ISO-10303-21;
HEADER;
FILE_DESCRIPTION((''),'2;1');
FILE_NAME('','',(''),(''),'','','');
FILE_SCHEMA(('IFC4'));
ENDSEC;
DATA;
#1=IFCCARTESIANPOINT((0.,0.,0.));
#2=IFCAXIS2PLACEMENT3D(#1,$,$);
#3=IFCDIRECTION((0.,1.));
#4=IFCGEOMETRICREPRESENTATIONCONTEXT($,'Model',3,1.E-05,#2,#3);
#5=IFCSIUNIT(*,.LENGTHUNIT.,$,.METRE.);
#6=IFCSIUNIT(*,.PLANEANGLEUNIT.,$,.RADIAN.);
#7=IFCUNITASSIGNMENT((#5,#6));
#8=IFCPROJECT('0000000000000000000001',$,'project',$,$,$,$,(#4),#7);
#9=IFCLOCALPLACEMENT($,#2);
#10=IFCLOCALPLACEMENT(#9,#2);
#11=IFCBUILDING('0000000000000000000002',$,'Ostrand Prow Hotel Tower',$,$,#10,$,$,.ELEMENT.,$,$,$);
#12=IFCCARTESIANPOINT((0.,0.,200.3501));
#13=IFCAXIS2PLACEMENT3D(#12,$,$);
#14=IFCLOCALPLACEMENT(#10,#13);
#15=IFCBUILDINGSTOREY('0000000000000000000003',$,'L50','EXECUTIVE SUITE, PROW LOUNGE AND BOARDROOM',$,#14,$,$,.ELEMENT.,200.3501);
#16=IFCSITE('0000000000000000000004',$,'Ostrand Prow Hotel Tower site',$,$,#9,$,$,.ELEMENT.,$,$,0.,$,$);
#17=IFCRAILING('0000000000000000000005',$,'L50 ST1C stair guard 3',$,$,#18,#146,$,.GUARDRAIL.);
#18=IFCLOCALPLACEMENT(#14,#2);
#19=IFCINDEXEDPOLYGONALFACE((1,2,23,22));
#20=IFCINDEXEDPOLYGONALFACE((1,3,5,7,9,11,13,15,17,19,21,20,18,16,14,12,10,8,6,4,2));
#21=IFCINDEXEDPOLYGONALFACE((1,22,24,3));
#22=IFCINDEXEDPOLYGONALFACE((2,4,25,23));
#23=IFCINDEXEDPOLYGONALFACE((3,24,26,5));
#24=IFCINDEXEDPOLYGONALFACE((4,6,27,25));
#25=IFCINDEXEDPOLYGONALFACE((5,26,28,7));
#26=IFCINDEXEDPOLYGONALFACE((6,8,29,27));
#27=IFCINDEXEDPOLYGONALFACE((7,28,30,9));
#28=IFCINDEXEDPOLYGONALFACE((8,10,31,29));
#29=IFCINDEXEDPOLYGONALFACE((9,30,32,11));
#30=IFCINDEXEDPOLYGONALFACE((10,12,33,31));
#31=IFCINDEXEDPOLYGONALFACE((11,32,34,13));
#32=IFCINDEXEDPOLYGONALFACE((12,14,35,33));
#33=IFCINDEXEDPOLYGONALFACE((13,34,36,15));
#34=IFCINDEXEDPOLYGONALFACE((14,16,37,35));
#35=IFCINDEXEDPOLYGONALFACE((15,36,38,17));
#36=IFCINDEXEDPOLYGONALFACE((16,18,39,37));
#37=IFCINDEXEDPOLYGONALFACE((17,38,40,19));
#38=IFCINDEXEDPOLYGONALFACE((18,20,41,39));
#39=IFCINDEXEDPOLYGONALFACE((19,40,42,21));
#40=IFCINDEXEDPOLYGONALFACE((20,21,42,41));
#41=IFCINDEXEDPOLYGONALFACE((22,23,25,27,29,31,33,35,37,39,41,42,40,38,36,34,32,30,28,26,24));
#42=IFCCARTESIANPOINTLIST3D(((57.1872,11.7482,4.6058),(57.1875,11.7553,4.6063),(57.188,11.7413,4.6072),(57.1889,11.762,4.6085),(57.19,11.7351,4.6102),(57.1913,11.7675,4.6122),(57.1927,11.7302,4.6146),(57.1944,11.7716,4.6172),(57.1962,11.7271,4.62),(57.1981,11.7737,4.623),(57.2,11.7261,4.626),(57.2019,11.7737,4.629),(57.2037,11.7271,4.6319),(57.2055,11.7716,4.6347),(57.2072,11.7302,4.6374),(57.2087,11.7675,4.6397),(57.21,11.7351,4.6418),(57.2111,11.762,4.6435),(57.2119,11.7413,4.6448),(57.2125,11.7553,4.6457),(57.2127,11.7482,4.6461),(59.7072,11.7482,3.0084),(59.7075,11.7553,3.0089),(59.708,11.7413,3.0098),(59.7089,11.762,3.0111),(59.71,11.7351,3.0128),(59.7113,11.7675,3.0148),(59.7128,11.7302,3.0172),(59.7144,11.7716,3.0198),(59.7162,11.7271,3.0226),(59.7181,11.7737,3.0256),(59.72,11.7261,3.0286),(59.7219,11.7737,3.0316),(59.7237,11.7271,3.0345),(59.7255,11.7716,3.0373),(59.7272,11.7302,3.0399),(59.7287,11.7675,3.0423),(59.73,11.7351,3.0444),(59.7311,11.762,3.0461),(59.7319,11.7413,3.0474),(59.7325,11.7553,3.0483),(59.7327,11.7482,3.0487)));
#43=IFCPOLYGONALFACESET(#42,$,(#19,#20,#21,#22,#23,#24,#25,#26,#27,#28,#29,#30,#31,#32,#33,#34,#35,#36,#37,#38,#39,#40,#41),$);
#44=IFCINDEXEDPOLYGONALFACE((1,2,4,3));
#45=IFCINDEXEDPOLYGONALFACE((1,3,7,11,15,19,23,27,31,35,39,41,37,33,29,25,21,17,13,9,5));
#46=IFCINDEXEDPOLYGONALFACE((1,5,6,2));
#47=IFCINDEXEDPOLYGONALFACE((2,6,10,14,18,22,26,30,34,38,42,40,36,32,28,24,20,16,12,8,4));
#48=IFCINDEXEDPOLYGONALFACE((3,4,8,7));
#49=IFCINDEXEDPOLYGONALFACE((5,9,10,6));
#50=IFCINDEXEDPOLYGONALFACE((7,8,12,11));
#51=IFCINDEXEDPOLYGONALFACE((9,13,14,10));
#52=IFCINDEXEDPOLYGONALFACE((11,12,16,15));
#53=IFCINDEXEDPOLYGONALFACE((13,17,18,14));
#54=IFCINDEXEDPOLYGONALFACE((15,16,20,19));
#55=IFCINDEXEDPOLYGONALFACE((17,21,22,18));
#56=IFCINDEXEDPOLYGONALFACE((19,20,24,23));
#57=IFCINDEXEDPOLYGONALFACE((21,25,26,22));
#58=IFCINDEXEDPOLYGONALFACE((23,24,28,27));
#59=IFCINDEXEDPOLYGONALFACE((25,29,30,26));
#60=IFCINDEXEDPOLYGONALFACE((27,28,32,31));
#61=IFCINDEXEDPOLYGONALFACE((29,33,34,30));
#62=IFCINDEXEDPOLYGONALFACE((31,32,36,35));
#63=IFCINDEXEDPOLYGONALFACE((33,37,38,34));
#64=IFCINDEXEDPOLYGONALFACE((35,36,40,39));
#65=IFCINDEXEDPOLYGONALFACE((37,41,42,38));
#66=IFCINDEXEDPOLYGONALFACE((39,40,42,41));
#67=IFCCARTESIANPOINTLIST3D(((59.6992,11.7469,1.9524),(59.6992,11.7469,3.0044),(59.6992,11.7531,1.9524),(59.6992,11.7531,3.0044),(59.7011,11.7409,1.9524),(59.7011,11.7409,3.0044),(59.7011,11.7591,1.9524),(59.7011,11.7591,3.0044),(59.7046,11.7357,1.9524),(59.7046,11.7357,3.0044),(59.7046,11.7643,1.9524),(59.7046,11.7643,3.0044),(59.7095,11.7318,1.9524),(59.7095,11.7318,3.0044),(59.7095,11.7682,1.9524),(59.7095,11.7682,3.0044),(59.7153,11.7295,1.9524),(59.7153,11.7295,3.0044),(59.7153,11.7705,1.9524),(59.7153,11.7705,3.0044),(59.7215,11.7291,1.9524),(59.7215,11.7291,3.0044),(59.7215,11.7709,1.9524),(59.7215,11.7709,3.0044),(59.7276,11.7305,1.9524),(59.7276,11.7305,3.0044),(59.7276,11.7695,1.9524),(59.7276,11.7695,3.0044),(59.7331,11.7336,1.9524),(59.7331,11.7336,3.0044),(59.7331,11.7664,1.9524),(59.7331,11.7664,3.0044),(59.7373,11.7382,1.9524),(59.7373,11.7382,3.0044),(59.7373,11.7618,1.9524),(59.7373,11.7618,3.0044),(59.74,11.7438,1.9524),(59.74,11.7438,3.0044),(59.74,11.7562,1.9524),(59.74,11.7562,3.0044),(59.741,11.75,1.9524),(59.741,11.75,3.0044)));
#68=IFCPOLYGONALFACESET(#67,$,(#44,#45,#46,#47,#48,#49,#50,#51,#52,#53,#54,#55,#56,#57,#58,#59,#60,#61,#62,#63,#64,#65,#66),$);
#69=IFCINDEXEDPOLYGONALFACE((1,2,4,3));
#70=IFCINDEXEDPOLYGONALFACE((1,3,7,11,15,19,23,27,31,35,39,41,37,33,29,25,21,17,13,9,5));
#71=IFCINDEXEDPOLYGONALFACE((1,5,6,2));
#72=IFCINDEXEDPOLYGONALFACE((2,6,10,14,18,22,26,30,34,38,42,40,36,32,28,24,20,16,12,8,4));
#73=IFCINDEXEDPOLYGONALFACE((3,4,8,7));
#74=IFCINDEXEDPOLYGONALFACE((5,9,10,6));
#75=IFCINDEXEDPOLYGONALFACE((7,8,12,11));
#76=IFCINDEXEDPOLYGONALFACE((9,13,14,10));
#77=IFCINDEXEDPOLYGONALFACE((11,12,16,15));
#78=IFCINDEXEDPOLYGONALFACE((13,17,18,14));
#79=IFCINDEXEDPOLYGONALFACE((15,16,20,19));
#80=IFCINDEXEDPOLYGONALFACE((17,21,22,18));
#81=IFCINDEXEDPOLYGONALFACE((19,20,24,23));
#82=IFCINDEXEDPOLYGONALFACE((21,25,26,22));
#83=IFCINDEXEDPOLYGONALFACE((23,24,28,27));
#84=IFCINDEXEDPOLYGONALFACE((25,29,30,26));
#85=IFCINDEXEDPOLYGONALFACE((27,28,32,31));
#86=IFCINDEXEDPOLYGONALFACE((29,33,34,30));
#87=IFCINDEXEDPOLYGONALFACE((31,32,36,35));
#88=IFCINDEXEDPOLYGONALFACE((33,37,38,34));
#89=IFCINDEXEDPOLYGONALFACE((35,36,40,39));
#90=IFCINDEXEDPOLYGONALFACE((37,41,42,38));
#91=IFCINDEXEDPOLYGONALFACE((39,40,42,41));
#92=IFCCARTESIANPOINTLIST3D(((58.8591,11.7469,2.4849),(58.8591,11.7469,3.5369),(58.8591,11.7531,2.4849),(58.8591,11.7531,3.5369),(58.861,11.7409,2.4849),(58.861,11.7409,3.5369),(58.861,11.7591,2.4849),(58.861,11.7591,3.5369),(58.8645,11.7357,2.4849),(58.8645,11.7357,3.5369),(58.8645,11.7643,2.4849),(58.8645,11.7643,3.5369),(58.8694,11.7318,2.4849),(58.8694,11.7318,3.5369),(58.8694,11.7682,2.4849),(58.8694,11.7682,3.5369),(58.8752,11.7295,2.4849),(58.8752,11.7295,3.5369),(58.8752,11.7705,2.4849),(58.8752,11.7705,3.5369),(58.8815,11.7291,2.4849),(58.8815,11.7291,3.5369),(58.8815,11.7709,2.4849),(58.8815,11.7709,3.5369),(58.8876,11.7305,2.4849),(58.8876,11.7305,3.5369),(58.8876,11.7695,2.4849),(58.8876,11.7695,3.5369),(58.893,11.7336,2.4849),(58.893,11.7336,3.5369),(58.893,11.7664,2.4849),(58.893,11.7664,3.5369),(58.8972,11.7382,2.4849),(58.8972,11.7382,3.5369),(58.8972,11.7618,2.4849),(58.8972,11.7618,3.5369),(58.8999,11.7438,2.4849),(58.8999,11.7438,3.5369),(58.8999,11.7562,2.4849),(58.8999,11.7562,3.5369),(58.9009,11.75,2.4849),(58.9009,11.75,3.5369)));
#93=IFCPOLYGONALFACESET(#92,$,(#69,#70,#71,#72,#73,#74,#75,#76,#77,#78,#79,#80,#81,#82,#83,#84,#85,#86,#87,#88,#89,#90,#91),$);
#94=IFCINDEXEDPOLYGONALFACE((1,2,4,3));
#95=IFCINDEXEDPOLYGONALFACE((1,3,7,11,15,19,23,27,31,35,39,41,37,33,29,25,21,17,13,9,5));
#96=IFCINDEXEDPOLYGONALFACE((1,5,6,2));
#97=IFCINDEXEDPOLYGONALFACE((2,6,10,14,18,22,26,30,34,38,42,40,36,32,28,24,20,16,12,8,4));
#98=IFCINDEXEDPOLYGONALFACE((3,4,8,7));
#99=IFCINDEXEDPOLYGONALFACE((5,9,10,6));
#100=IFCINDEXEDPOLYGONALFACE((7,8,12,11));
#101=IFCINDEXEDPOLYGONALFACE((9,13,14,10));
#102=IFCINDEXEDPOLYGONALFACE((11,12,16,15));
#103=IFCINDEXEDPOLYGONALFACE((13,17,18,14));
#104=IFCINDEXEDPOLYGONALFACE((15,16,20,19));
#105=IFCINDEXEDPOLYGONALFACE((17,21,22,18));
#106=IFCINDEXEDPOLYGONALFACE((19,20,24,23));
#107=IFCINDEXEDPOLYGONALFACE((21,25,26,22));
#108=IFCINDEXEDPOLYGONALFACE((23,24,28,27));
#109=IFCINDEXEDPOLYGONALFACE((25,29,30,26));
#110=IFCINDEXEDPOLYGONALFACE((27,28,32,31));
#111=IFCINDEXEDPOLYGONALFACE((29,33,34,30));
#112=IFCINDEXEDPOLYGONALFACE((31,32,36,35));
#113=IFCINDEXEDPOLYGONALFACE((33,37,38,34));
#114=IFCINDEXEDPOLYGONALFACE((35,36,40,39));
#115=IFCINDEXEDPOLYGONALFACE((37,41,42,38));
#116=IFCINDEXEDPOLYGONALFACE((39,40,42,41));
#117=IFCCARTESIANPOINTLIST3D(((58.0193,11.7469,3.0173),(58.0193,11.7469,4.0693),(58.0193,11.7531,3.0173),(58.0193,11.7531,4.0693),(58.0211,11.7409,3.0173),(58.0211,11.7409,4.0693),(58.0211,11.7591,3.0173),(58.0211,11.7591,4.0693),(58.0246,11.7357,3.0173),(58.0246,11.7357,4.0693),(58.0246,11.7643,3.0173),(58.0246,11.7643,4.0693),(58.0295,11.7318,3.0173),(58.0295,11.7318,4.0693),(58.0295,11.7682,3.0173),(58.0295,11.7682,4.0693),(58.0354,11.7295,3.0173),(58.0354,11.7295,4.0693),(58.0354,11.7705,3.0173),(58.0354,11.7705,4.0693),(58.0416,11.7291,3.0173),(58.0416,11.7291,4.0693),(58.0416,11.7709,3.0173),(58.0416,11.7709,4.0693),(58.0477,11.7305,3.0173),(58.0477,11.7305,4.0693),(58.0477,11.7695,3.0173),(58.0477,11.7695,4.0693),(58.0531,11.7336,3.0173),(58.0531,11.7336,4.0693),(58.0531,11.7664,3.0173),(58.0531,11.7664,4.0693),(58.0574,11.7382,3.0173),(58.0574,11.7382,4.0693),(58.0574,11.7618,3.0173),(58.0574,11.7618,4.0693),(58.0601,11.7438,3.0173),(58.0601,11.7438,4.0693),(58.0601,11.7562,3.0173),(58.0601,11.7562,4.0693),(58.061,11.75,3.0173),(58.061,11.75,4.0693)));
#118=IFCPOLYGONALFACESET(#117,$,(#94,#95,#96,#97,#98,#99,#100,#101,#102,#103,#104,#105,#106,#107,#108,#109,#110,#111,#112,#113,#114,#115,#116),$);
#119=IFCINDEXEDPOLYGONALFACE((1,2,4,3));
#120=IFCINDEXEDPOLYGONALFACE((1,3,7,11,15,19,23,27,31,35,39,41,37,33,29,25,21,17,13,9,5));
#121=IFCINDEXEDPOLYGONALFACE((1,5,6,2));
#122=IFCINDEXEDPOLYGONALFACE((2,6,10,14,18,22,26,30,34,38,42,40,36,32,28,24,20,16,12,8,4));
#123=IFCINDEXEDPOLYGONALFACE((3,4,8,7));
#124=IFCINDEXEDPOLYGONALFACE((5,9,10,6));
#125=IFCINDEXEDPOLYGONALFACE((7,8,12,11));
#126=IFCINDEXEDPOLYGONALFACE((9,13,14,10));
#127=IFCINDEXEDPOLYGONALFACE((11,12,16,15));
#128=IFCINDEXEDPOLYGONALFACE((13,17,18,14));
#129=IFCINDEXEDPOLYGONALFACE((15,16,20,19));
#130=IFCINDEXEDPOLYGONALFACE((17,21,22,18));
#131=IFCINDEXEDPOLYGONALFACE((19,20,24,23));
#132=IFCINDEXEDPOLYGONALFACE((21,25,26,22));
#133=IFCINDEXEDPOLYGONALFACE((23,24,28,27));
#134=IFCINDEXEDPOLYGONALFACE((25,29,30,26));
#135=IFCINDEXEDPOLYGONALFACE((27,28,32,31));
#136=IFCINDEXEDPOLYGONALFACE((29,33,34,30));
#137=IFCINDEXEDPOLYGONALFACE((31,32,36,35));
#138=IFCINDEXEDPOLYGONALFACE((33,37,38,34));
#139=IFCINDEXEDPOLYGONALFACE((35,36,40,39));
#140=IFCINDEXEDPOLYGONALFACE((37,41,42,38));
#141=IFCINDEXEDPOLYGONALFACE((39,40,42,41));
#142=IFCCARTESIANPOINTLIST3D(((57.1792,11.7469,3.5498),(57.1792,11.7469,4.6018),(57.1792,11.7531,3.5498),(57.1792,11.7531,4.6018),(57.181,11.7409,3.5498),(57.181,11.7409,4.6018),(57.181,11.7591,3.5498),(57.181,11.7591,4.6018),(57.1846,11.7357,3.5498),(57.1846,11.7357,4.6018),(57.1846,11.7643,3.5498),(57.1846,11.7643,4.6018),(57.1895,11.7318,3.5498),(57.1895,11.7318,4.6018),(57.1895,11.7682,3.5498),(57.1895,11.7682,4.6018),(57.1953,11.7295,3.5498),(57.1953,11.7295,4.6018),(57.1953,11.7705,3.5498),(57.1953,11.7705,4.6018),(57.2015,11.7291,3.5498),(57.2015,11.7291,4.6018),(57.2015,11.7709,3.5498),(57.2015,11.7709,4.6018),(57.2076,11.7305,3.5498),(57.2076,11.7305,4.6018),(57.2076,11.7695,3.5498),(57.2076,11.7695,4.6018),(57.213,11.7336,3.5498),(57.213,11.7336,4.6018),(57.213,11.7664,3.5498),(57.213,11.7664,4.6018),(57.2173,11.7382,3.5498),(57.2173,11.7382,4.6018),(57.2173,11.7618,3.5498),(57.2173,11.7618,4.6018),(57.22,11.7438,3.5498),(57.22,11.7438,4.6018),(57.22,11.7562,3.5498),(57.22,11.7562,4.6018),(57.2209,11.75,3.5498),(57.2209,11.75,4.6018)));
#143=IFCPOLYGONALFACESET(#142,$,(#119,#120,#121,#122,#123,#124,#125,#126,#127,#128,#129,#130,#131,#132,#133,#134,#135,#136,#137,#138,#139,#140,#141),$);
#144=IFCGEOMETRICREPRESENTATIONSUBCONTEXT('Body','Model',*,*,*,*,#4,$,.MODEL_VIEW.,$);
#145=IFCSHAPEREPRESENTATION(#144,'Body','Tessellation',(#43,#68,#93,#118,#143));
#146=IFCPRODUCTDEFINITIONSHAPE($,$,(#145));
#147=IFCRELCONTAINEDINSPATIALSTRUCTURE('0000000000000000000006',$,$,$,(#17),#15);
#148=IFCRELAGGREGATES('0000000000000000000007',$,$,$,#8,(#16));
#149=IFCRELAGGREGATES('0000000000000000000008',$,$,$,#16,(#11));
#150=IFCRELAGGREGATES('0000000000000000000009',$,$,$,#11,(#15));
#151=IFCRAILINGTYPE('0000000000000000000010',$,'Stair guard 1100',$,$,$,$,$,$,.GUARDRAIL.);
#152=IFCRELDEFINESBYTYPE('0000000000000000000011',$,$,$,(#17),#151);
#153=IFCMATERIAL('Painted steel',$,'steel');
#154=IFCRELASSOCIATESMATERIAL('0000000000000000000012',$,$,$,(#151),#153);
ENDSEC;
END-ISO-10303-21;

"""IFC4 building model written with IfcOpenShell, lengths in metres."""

from ifc_helpers import new_model, si_unit, direction, frame, origin, origin_2d, place, context, subcontext, project, spatial, circle, extrude, material, type_object, element, save


model = new_model("IFC4")

# Units and contexts
model_context = context("Model", 3, precision=1e-05, world=origin(), true_north=direction((0.0, 1.0)))
body_context = subcontext(model_context, "Body", "Model", "MODEL_VIEW")
ifc_project = project(units=[si_unit("LENGTHUNIT", "METRE"), si_unit("PLANEANGLEUNIT", "RADIAN")], contexts=[model_context])

# Site, building, storey
site_placement = place(None, origin())
site = spatial("IfcSite", under=ifc_project, at=site_placement, Name="Ostrand Prow Hotel Tower site", CompositionType="ELEMENT", RefElevation=0.0)
building_placement = place(site_placement, origin())
building = spatial("IfcBuilding", under=site, at=building_placement, Name="Ostrand Prow Hotel Tower", CompositionType="ELEMENT")
storey_placement = place(building_placement, frame((0.0, 0.0, 200.3501)))
storey = spatial("IfcBuildingStorey", under=building, at=storey_placement, Name="L50", Description="EXECUTIVE SUITE, PROW LOUNGE AND BOARDROOM", CompositionType="ELEMENT", Elevation=200.3501)

# Railing
ifc_material_1 = material(Name="Painted steel", Category="steel")
railing_type_1 = type_object("IfcRailingType", Name="Stair guard 1100", PredefinedType="GUARDRAIL", material=ifc_material_1)
railing_1_placement = place(storey_placement, frame((59.72, 11.75, 1.9524)))
element("IfcRailing", 1, at=railing_1_placement, inside=storey, type_object=railing_type_1, Name="L50 ST1C stair guard 3", PredefinedType="GUARDRAIL", context=body_context, shape_type="SweptSolid", body=[
    extrude(circle(Radius=0.0239, at=origin_2d()), frame((0.0, 0.0, 1.0762), z_axis=(-0.844607, 0.0, 0.535387), x_axis=(0.0, -1.0, 0.0)), (0.0, 0.0, 1.0), 2.9836),
    extrude(circle(Radius=0.021, at=origin_2d()), origin(), (0.0, 0.0, 1.0), 1.052),
    extrude(circle(Radius=0.021, at=origin_2d()), frame((-0.8401, 0.0, 0.5325)), (0.0, 0.0, 1.0), 1.052),
    extrude(circle(Radius=0.021, at=origin_2d()), frame((-1.6799, 0.0, 1.0649)), (0.0, 0.0, 1.0), 1.052),
    extrude(circle(Radius=0.021, at=origin_2d()), frame((-2.52, 0.0, 1.5974)), (0.0, 0.0, 1.0), 1.052),
])

save(model, "model.ifc")
